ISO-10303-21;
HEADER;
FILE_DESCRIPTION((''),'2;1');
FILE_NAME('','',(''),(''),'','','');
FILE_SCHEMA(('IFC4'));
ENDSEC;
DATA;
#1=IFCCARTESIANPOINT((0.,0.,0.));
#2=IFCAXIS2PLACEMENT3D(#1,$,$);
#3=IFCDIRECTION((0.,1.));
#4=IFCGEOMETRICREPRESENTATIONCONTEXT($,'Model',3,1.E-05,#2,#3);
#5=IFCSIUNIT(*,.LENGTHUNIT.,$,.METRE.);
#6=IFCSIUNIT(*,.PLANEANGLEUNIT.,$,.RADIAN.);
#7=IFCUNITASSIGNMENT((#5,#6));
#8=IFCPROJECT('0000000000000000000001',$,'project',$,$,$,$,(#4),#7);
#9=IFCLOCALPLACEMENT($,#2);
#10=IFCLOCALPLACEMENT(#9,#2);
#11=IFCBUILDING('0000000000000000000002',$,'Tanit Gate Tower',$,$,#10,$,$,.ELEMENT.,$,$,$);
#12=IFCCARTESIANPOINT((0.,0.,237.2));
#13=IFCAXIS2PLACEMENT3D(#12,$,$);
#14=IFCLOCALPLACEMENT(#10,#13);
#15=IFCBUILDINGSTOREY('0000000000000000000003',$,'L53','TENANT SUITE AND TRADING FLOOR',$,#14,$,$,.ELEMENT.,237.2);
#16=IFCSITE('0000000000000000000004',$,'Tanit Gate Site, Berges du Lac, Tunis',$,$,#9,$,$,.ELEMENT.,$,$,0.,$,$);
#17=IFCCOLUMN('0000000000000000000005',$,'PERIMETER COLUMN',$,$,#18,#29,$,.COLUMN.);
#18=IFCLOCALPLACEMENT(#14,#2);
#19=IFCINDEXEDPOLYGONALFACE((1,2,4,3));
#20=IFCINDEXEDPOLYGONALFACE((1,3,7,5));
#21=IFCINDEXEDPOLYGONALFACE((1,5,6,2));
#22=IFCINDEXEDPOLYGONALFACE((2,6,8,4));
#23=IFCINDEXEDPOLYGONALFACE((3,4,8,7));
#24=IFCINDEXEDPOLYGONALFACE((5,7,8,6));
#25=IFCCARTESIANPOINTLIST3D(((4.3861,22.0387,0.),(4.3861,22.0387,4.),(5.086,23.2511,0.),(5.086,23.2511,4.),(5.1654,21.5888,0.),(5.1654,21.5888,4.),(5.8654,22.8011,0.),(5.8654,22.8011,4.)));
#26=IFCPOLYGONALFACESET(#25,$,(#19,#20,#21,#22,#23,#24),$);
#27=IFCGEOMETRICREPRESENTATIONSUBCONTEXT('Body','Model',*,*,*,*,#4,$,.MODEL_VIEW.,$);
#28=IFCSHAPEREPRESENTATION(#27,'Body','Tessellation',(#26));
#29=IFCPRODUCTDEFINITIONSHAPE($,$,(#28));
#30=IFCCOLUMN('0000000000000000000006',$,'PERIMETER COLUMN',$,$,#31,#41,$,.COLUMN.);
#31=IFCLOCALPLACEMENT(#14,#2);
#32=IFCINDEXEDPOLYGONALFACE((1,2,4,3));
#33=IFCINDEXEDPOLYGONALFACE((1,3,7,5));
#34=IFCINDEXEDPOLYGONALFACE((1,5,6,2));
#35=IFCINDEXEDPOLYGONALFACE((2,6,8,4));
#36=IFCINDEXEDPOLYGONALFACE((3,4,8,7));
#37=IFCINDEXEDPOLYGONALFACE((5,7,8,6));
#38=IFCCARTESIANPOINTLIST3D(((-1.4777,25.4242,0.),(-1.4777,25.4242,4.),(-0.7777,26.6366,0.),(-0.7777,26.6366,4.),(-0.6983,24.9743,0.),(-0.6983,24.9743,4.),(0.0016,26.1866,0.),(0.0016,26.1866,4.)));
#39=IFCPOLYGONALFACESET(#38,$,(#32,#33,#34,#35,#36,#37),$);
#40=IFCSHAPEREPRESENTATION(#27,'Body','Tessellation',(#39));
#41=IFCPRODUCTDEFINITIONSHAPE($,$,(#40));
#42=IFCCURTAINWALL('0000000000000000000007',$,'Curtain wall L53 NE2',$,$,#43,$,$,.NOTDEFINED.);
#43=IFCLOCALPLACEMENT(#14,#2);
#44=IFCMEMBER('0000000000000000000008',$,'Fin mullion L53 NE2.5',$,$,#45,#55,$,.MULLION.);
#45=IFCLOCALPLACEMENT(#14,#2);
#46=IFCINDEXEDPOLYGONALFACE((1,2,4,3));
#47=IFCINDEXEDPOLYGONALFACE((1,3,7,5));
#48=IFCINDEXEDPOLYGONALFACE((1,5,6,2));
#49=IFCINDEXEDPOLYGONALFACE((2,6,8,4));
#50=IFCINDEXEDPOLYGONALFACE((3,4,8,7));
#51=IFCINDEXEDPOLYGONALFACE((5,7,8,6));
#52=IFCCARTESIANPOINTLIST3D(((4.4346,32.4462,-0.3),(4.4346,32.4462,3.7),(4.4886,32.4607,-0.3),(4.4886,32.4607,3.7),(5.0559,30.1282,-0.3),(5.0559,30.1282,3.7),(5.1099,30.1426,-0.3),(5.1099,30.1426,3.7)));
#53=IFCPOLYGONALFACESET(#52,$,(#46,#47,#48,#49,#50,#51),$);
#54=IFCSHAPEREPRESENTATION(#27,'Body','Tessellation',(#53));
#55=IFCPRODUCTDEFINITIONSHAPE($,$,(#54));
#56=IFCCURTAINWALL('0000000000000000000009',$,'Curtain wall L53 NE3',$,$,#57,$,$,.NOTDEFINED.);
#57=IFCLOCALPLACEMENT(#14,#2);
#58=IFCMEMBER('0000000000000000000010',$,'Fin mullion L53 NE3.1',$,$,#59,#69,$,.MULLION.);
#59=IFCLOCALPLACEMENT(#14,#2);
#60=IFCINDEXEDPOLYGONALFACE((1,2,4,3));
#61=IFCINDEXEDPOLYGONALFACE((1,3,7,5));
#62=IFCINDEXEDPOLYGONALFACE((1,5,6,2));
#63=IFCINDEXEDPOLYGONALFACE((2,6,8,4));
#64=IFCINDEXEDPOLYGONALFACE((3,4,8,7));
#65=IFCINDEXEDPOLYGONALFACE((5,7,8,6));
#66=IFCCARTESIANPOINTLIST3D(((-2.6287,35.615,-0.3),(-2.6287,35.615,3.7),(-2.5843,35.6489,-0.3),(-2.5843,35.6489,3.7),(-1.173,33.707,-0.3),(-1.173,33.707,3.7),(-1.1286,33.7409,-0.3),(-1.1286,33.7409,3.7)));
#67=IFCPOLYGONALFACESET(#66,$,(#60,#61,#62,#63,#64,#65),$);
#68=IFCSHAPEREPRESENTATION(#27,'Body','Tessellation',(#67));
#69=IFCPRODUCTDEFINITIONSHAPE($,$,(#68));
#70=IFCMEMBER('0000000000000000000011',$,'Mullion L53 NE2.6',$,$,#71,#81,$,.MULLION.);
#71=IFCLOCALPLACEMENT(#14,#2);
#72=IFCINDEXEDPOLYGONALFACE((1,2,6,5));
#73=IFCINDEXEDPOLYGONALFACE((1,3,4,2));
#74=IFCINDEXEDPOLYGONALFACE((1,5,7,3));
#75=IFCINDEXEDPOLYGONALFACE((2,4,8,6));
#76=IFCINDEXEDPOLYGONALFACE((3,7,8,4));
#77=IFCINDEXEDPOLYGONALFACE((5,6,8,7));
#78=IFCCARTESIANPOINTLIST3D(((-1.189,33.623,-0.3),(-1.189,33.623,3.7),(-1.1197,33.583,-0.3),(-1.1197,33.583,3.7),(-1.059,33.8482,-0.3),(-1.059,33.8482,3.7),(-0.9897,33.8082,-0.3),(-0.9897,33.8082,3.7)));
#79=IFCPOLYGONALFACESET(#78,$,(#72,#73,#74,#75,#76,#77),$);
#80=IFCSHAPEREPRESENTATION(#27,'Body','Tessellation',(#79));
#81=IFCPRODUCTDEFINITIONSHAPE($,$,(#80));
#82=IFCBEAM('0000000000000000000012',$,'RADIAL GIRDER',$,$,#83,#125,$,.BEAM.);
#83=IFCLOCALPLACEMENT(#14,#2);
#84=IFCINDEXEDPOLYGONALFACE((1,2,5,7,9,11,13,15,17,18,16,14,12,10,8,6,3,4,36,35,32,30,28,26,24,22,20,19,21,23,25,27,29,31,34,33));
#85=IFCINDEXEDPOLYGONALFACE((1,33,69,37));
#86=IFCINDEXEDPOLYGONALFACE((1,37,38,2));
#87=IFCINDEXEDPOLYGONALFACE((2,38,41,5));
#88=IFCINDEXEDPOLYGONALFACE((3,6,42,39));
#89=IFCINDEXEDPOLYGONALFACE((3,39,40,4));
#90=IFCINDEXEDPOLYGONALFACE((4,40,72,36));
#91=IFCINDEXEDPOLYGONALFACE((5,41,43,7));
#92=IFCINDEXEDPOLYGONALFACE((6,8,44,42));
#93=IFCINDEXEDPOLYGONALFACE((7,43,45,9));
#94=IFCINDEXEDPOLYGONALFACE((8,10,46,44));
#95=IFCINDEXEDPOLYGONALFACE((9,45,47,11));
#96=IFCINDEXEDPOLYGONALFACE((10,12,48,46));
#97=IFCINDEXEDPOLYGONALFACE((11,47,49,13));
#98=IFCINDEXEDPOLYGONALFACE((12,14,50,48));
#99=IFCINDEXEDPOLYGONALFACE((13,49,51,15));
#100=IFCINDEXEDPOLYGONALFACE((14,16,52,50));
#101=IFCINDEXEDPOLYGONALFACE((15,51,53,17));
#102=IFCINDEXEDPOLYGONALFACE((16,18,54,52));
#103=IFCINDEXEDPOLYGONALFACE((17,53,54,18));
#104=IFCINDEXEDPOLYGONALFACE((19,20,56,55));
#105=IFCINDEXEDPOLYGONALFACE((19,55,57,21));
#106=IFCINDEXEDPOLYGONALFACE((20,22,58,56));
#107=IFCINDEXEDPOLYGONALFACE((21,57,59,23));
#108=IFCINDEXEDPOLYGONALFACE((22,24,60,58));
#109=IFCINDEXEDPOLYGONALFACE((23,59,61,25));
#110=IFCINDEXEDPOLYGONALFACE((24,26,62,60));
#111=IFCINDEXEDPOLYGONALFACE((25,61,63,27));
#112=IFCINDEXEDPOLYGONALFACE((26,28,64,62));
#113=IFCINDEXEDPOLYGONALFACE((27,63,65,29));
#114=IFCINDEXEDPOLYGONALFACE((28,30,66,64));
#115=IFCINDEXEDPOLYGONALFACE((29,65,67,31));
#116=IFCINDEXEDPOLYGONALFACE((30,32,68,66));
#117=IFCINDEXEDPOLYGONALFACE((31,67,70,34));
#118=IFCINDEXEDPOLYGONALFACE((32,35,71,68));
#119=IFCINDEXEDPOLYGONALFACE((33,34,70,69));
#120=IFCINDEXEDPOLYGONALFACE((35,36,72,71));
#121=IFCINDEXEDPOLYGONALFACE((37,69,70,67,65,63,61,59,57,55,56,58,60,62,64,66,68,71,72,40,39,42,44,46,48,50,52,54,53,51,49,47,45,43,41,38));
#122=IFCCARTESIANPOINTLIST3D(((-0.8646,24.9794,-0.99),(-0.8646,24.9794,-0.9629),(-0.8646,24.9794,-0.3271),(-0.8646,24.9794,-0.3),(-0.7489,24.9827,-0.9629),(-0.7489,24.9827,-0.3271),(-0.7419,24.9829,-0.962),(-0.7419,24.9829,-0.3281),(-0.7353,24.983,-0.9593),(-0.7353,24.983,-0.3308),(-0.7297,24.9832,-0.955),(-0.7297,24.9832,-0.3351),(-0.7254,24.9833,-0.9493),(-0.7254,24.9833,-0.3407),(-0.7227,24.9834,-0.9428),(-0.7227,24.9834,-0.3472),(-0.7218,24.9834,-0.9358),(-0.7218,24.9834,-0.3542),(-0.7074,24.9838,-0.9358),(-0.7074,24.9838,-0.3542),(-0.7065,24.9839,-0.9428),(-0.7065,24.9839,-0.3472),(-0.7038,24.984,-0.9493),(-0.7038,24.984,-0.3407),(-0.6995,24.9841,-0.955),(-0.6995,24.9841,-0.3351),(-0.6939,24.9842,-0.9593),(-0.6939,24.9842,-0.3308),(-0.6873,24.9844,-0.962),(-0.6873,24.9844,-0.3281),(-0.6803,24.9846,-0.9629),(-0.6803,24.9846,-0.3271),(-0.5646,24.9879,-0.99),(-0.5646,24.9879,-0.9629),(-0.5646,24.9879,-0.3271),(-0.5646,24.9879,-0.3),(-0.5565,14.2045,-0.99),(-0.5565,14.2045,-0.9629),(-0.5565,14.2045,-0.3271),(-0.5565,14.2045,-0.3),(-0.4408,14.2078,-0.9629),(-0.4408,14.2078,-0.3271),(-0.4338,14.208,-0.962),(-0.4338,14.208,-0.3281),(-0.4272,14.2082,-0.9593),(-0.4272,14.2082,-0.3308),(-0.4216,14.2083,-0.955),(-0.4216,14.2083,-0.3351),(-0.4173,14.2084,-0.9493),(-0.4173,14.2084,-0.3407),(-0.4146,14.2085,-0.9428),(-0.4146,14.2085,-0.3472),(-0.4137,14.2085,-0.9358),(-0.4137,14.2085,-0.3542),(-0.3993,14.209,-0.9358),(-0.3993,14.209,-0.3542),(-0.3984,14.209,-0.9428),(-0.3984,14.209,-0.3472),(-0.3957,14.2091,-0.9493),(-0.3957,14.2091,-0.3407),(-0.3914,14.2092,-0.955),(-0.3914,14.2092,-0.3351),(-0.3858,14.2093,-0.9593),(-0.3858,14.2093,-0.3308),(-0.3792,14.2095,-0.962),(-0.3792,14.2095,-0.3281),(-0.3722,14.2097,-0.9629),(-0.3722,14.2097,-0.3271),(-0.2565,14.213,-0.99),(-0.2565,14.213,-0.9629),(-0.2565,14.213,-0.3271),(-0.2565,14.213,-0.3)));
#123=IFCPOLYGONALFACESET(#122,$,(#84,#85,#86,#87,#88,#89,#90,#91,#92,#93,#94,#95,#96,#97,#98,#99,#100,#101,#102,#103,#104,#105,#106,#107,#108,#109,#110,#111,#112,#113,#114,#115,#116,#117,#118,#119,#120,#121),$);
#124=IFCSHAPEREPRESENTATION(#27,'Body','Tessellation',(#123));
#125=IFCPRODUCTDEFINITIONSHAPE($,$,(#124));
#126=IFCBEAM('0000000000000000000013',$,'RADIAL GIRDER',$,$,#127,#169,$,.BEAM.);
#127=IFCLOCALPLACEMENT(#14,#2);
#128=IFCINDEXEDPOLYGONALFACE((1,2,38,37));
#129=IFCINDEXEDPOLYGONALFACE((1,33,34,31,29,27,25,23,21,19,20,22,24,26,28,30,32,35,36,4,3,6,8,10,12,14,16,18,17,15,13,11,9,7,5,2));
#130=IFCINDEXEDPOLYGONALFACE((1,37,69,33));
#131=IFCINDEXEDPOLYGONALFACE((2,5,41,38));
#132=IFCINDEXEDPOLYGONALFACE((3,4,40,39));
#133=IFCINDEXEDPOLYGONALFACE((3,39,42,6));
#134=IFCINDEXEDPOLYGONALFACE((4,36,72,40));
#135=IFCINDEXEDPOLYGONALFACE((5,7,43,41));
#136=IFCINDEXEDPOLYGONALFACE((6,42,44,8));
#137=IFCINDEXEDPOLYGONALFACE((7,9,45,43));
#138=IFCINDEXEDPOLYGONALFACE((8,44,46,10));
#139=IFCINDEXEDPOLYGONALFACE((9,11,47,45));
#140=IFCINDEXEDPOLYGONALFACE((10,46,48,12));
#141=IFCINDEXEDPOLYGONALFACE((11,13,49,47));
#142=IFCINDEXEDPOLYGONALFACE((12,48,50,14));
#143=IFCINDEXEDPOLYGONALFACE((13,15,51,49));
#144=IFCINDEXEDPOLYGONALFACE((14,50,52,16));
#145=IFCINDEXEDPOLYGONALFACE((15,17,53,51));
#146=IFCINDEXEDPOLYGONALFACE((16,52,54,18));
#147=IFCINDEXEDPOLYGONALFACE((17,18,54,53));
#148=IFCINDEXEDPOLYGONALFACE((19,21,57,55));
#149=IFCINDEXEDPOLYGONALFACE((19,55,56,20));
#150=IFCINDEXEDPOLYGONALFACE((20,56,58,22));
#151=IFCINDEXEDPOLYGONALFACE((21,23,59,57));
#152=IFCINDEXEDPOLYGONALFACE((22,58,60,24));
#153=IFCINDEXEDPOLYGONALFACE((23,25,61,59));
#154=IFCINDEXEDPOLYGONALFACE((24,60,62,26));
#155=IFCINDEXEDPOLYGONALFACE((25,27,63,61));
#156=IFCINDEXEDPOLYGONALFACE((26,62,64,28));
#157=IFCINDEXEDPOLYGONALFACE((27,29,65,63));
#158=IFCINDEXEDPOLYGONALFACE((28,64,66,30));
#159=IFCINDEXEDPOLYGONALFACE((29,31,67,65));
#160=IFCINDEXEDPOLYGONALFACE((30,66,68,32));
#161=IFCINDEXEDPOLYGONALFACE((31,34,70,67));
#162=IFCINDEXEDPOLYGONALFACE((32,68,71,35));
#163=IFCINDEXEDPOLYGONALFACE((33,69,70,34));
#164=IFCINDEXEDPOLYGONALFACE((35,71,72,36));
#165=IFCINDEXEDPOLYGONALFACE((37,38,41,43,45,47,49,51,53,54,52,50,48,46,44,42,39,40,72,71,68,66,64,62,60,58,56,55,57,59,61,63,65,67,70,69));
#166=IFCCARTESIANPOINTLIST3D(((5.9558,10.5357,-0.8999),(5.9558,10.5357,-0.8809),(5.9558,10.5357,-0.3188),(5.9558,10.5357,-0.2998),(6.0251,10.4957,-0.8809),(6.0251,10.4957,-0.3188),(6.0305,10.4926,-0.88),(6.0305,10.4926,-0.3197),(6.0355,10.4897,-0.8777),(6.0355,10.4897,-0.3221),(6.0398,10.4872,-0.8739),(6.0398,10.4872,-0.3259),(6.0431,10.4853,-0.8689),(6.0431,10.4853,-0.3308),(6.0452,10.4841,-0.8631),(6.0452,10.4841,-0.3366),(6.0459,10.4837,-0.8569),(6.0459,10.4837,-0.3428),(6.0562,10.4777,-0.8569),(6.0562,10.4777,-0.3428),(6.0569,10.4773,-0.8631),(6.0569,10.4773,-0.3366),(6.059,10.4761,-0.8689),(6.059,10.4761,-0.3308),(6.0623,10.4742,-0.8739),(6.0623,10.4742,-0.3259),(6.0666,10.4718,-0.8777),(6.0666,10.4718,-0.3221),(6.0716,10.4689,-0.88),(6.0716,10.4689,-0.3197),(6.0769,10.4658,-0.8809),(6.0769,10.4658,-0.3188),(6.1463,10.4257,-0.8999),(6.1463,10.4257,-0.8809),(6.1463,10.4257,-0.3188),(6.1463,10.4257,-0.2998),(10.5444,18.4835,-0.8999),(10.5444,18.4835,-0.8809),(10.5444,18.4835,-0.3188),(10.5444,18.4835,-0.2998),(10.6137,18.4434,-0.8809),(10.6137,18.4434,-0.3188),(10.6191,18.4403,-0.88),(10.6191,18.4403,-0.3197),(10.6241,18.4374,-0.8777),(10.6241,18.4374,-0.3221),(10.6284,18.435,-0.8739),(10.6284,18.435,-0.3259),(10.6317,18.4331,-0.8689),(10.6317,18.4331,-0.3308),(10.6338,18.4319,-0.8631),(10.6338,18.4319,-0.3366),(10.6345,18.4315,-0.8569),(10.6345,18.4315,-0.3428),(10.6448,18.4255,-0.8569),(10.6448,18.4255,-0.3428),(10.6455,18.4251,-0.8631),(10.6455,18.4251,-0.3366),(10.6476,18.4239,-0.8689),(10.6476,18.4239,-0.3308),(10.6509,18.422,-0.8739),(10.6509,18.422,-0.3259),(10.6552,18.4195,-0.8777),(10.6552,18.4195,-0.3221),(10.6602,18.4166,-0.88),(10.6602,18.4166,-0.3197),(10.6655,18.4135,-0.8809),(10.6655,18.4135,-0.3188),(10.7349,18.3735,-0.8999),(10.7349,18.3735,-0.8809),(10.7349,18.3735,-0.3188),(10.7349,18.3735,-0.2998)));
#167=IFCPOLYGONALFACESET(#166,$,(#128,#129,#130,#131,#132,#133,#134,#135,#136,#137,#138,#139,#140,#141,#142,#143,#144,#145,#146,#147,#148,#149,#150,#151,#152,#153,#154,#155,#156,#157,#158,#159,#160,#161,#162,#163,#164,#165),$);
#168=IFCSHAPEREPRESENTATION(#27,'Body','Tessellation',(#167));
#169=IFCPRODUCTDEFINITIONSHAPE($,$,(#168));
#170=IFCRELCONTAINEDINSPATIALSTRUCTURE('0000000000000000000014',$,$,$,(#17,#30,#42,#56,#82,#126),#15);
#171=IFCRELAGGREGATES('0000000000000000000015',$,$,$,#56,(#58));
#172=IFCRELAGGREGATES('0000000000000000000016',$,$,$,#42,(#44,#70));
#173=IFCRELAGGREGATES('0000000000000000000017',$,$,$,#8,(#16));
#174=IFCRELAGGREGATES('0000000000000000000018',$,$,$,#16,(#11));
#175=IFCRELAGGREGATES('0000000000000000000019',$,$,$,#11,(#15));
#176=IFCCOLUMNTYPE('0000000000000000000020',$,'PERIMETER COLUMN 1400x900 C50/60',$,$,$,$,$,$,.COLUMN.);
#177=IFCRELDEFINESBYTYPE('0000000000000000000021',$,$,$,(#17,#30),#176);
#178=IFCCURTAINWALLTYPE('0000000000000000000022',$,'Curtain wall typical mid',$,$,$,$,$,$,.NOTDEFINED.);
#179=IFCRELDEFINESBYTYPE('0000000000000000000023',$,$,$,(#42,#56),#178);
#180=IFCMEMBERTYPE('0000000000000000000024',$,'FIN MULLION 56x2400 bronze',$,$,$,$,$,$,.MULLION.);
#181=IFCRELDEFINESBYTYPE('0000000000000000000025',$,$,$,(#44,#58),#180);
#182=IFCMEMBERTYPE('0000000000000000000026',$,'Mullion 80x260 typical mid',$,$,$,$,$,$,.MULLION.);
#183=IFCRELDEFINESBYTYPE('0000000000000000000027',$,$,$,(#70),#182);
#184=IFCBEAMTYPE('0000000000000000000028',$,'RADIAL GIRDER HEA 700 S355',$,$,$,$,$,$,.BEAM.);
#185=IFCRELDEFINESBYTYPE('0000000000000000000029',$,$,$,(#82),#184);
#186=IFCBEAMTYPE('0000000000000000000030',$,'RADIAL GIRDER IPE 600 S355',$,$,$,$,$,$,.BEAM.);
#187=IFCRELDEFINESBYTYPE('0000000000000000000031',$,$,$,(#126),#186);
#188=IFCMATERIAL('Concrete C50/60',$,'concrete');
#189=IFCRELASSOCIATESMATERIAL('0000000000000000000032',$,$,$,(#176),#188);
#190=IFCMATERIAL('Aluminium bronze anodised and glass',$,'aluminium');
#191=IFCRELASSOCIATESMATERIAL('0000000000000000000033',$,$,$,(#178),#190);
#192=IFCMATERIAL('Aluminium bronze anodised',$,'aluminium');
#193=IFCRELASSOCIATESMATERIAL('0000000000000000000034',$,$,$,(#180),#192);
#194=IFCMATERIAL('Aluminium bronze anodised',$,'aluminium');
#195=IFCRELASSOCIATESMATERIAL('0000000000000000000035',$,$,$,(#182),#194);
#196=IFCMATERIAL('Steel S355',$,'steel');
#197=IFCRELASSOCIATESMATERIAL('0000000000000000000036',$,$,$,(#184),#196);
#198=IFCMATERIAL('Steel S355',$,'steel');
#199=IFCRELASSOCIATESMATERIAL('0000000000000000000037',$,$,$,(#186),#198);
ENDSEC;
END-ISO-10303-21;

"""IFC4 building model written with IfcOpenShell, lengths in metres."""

from ifc_helpers import new_model, si_unit, direction, frame, origin, origin_2d, place, context, subcontext, project, spatial, rectangle, i_section, extrude, material, material_profile, profile_set, type_object, element, aggregate, save


model = new_model("IFC4")

# Units and contexts
model_context = context("Model", 3, precision=1e-05, world=origin(), true_north=direction((0.0, 1.0)))
body_context = subcontext(model_context, "Body", "Model", "MODEL_VIEW")
ifc_project = project(units=[si_unit("LENGTHUNIT", "METRE"), si_unit("PLANEANGLEUNIT", "RADIAN")], contexts=[model_context])

# Site, building, storey
site_placement = place(None, origin())
site = spatial("IfcSite", under=ifc_project, at=site_placement, Name="Tanit Gate Site, Berges du Lac, Tunis", CompositionType="ELEMENT", RefElevation=0.0)
building_placement = place(site_placement, origin())
building = spatial("IfcBuilding", under=site, at=building_placement, Name="Tanit Gate Tower", CompositionType="ELEMENT")
storey_placement = place(building_placement, frame((0.0, 0.0, 237.2)))
storey = spatial("IfcBuildingStorey", under=building, at=storey_placement, Name="L53", Description="TENANT SUITE AND TRADING FLOOR", CompositionType="ELEMENT", Elevation=237.2)

# Columns
ifc_material_1 = material(Name="Concrete C50/60", Category="concrete")
ifc_material_profile_1 = material_profile(ifc_material_1, rectangle(XDim=1.3999, YDim=0.8999, at=origin_2d()), Name="RC 1400x900")
ifc_profile_set_1 = profile_set([ifc_material_profile_1], Name="Concrete C50/60")
column_type = type_object("IfcColumnType", Name="PERIMETER COLUMN 1400x900 C50/60", PredefinedType="COLUMN", material=ifc_profile_set_1)
for number, where, z_axis, x_axis, name in (
    (1, (5.1257, 22.4199, 0.0), (0.0, 0.0, 1.0), (0.5, 0.866025, 0.0), "PERIMETER COLUMN"),
    (2, (-0.738, 25.8054, 0.0), (0.0, 0.0, 1.0), (0.5, 0.866025, 0.0), "PERIMETER COLUMN"),
):
    element("IfcColumn", number, at=place(storey_placement, frame(where, z_axis=z_axis, x_axis=x_axis)), inside=storey, type_object=column_type, Name=name, PredefinedType="COLUMN", context=body_context, shape_type="SweptSolid", body=[
        extrude(rectangle(XDim=1.3999, YDim=0.8999, at=origin_2d()), origin(), (0.0, 0.0, 1.0), 4.0),
    ])

# Curtain walls, members
ifc_material_2 = material(Name="Aluminium bronze anodised and glass", Category="aluminium")
curtain_wall_type = type_object("IfcCurtainWallType", Name="Curtain wall typical mid", PredefinedType="NOTDEFINED", material=ifc_material_2)
curtain_wall_1_placement = place(storey_placement, origin())
curtain_wall_1 = element("IfcCurtainWall", 3, at=curtain_wall_1_placement, inside=storey, type_object=curtain_wall_type, Name="Curtain wall L53 NE2", PredefinedType="NOTDEFINED")
ifc_material_3 = material(Name="Aluminium bronze anodised", Category="aluminium")
ifc_material_profile_2 = material_profile(ifc_material_3, rectangle(XDim=2.3999, YDim=0.0559, at=origin_2d()), Name="56x2400 bronze fin mullion")
ifc_profile_set_2 = profile_set([ifc_material_profile_2], Name="Aluminium bronze anodised")
member_type_1 = type_object("IfcMemberType", Name="FIN MULLION 56x2400 bronze", PredefinedType="MULLION", material=ifc_profile_set_2)
member_1_placement = place(storey_placement, frame((4.7722, 31.2944, -0.3), z_axis=(0.0, 0.0, 1.0), x_axis=(0.258886, -0.965908, 0.0)))
member_1 = element("IfcMember", 4, at=member_1_placement, type_object=member_type_1, Name="Fin mullion L53 NE2.5", PredefinedType="MULLION", context=body_context, shape_type="SweptSolid", body=[
    extrude(rectangle(XDim=2.3999, YDim=0.0559, at=origin_2d()), origin(), (0.0, 0.0, 1.0), 4.0),
])
curtain_wall_2_placement = place(storey_placement, origin())
curtain_wall_2 = element("IfcCurtainWall", 5, at=curtain_wall_2_placement, inside=storey, type_object=curtain_wall_type, Name="Curtain wall L53 NE3", PredefinedType="NOTDEFINED")
member_2_placement = place(storey_placement, frame((-1.8787, 34.678, -0.3), z_axis=(0.0, 0.0, 1.0), x_axis=(0.606564, -0.795035, 0.0)))
member_2 = element("IfcMember", 6, at=member_2_placement, type_object=member_type_1, Name="Fin mullion L53 NE3.1", PredefinedType="MULLION", context=body_context, shape_type="SweptSolid", body=[
    extrude(rectangle(XDim=2.3999, YDim=0.0559, at=origin_2d()), origin(), (0.0, 0.0, 1.0), 4.0),
])

# Member
ifc_material_4 = material(Name="Aluminium bronze anodised", Category="aluminium")
ifc_material_profile_3 = material_profile(ifc_material_4, rectangle(XDim=0.26, YDim=0.0801, at=origin_2d()), Name="80x260 bronze mullion")
ifc_profile_set_3 = profile_set([ifc_material_profile_3], Name="Aluminium bronze anodised")
member_type_2 = type_object("IfcMemberType", Name="Mullion 80x260 typical mid", PredefinedType="MULLION", material=ifc_profile_set_3)
member_3_placement = place(storey_placement, frame((-1.0894, 33.7156, -0.3), z_axis=(0.0, 0.0, 1.0), x_axis=(-0.49994, -0.86606, 0.0)))
member_3 = element("IfcMember", 7, at=member_3_placement, type_object=member_type_2, Name="Mullion L53 NE2.6", PredefinedType="MULLION", context=body_context, shape_type="SweptSolid", body=[
    extrude(rectangle(XDim=0.26, YDim=0.0801, at=origin_2d()), origin(), (0.0, 0.0, 1.0), 4.0),
])

# Beams
ifc_material_5 = material(Name="Steel S355", Category="steel")
ifc_material_profile_4 = material_profile(ifc_material_5, i_section(OverallWidth=0.3, OverallDepth=0.6899, WebThickness=0.0144, FlangeThickness=0.0271, FilletRadius=0.0271, at=origin_2d()), Name="HEA 700")
ifc_profile_set_4 = profile_set([ifc_material_profile_4], Name="Steel S355")
beam_type_1 = type_object("IfcBeamType", Name="RADIAL GIRDER HEA 700 S355", PredefinedType="BEAM", material=ifc_profile_set_4)
beam_1_placement = place(storey_placement, frame((-0.7146, 24.9836, -0.645), z_axis=(0.028583, -0.999591, 0.0), x_axis=(0.999591, 0.028583, 0.0)))
element("IfcBeam", 8, at=beam_1_placement, inside=storey, type_object=beam_type_1, Name="RADIAL GIRDER", PredefinedType="BEAM", context=body_context, shape_type="SweptSolid", body=[
    extrude(i_section(OverallWidth=0.3, OverallDepth=0.6899, WebThickness=0.0144, FlangeThickness=0.0271, FilletRadius=0.0271, at=origin_2d()), origin(), (0.0, 0.0, 1.0), 10.7793),
])
ifc_material_6 = material(Name="Steel S355", Category="steel")
ifc_material_profile_5 = material_profile(ifc_material_6, i_section(OverallWidth=0.22, OverallDepth=0.6001, WebThickness=0.012, FlangeThickness=0.019, FilletRadius=0.0239, at=origin_2d()), Name="IPE 600")
ifc_profile_set_5 = profile_set([ifc_material_profile_5], Name="Steel S355")
beam_type_2 = type_object("IfcBeamType", Name="RADIAL GIRDER IPE 600 S355", PredefinedType="BEAM", material=ifc_profile_set_5)
beam_2_placement = place(storey_placement, frame((10.6396, 18.4285, -0.5999), z_axis=(-0.499999, -0.866026, 0.0), x_axis=(0.866026, -0.499999, 0.0)))
element("IfcBeam", 9, at=beam_2_placement, inside=storey, type_object=beam_type_2, Name="RADIAL GIRDER", PredefinedType="BEAM", context=body_context, shape_type="SweptSolid", body=[
    extrude(i_section(OverallWidth=0.22, OverallDepth=0.6001, WebThickness=0.012, FlangeThickness=0.019, FilletRadius=0.0239, at=origin_2d()), origin(), (0.0, 0.0, 1.0), 9.1772),
])

aggregate(curtain_wall_2, [member_2])

aggregate(curtain_wall_1, [member_1, member_3])

save(model, "model.ifc")
